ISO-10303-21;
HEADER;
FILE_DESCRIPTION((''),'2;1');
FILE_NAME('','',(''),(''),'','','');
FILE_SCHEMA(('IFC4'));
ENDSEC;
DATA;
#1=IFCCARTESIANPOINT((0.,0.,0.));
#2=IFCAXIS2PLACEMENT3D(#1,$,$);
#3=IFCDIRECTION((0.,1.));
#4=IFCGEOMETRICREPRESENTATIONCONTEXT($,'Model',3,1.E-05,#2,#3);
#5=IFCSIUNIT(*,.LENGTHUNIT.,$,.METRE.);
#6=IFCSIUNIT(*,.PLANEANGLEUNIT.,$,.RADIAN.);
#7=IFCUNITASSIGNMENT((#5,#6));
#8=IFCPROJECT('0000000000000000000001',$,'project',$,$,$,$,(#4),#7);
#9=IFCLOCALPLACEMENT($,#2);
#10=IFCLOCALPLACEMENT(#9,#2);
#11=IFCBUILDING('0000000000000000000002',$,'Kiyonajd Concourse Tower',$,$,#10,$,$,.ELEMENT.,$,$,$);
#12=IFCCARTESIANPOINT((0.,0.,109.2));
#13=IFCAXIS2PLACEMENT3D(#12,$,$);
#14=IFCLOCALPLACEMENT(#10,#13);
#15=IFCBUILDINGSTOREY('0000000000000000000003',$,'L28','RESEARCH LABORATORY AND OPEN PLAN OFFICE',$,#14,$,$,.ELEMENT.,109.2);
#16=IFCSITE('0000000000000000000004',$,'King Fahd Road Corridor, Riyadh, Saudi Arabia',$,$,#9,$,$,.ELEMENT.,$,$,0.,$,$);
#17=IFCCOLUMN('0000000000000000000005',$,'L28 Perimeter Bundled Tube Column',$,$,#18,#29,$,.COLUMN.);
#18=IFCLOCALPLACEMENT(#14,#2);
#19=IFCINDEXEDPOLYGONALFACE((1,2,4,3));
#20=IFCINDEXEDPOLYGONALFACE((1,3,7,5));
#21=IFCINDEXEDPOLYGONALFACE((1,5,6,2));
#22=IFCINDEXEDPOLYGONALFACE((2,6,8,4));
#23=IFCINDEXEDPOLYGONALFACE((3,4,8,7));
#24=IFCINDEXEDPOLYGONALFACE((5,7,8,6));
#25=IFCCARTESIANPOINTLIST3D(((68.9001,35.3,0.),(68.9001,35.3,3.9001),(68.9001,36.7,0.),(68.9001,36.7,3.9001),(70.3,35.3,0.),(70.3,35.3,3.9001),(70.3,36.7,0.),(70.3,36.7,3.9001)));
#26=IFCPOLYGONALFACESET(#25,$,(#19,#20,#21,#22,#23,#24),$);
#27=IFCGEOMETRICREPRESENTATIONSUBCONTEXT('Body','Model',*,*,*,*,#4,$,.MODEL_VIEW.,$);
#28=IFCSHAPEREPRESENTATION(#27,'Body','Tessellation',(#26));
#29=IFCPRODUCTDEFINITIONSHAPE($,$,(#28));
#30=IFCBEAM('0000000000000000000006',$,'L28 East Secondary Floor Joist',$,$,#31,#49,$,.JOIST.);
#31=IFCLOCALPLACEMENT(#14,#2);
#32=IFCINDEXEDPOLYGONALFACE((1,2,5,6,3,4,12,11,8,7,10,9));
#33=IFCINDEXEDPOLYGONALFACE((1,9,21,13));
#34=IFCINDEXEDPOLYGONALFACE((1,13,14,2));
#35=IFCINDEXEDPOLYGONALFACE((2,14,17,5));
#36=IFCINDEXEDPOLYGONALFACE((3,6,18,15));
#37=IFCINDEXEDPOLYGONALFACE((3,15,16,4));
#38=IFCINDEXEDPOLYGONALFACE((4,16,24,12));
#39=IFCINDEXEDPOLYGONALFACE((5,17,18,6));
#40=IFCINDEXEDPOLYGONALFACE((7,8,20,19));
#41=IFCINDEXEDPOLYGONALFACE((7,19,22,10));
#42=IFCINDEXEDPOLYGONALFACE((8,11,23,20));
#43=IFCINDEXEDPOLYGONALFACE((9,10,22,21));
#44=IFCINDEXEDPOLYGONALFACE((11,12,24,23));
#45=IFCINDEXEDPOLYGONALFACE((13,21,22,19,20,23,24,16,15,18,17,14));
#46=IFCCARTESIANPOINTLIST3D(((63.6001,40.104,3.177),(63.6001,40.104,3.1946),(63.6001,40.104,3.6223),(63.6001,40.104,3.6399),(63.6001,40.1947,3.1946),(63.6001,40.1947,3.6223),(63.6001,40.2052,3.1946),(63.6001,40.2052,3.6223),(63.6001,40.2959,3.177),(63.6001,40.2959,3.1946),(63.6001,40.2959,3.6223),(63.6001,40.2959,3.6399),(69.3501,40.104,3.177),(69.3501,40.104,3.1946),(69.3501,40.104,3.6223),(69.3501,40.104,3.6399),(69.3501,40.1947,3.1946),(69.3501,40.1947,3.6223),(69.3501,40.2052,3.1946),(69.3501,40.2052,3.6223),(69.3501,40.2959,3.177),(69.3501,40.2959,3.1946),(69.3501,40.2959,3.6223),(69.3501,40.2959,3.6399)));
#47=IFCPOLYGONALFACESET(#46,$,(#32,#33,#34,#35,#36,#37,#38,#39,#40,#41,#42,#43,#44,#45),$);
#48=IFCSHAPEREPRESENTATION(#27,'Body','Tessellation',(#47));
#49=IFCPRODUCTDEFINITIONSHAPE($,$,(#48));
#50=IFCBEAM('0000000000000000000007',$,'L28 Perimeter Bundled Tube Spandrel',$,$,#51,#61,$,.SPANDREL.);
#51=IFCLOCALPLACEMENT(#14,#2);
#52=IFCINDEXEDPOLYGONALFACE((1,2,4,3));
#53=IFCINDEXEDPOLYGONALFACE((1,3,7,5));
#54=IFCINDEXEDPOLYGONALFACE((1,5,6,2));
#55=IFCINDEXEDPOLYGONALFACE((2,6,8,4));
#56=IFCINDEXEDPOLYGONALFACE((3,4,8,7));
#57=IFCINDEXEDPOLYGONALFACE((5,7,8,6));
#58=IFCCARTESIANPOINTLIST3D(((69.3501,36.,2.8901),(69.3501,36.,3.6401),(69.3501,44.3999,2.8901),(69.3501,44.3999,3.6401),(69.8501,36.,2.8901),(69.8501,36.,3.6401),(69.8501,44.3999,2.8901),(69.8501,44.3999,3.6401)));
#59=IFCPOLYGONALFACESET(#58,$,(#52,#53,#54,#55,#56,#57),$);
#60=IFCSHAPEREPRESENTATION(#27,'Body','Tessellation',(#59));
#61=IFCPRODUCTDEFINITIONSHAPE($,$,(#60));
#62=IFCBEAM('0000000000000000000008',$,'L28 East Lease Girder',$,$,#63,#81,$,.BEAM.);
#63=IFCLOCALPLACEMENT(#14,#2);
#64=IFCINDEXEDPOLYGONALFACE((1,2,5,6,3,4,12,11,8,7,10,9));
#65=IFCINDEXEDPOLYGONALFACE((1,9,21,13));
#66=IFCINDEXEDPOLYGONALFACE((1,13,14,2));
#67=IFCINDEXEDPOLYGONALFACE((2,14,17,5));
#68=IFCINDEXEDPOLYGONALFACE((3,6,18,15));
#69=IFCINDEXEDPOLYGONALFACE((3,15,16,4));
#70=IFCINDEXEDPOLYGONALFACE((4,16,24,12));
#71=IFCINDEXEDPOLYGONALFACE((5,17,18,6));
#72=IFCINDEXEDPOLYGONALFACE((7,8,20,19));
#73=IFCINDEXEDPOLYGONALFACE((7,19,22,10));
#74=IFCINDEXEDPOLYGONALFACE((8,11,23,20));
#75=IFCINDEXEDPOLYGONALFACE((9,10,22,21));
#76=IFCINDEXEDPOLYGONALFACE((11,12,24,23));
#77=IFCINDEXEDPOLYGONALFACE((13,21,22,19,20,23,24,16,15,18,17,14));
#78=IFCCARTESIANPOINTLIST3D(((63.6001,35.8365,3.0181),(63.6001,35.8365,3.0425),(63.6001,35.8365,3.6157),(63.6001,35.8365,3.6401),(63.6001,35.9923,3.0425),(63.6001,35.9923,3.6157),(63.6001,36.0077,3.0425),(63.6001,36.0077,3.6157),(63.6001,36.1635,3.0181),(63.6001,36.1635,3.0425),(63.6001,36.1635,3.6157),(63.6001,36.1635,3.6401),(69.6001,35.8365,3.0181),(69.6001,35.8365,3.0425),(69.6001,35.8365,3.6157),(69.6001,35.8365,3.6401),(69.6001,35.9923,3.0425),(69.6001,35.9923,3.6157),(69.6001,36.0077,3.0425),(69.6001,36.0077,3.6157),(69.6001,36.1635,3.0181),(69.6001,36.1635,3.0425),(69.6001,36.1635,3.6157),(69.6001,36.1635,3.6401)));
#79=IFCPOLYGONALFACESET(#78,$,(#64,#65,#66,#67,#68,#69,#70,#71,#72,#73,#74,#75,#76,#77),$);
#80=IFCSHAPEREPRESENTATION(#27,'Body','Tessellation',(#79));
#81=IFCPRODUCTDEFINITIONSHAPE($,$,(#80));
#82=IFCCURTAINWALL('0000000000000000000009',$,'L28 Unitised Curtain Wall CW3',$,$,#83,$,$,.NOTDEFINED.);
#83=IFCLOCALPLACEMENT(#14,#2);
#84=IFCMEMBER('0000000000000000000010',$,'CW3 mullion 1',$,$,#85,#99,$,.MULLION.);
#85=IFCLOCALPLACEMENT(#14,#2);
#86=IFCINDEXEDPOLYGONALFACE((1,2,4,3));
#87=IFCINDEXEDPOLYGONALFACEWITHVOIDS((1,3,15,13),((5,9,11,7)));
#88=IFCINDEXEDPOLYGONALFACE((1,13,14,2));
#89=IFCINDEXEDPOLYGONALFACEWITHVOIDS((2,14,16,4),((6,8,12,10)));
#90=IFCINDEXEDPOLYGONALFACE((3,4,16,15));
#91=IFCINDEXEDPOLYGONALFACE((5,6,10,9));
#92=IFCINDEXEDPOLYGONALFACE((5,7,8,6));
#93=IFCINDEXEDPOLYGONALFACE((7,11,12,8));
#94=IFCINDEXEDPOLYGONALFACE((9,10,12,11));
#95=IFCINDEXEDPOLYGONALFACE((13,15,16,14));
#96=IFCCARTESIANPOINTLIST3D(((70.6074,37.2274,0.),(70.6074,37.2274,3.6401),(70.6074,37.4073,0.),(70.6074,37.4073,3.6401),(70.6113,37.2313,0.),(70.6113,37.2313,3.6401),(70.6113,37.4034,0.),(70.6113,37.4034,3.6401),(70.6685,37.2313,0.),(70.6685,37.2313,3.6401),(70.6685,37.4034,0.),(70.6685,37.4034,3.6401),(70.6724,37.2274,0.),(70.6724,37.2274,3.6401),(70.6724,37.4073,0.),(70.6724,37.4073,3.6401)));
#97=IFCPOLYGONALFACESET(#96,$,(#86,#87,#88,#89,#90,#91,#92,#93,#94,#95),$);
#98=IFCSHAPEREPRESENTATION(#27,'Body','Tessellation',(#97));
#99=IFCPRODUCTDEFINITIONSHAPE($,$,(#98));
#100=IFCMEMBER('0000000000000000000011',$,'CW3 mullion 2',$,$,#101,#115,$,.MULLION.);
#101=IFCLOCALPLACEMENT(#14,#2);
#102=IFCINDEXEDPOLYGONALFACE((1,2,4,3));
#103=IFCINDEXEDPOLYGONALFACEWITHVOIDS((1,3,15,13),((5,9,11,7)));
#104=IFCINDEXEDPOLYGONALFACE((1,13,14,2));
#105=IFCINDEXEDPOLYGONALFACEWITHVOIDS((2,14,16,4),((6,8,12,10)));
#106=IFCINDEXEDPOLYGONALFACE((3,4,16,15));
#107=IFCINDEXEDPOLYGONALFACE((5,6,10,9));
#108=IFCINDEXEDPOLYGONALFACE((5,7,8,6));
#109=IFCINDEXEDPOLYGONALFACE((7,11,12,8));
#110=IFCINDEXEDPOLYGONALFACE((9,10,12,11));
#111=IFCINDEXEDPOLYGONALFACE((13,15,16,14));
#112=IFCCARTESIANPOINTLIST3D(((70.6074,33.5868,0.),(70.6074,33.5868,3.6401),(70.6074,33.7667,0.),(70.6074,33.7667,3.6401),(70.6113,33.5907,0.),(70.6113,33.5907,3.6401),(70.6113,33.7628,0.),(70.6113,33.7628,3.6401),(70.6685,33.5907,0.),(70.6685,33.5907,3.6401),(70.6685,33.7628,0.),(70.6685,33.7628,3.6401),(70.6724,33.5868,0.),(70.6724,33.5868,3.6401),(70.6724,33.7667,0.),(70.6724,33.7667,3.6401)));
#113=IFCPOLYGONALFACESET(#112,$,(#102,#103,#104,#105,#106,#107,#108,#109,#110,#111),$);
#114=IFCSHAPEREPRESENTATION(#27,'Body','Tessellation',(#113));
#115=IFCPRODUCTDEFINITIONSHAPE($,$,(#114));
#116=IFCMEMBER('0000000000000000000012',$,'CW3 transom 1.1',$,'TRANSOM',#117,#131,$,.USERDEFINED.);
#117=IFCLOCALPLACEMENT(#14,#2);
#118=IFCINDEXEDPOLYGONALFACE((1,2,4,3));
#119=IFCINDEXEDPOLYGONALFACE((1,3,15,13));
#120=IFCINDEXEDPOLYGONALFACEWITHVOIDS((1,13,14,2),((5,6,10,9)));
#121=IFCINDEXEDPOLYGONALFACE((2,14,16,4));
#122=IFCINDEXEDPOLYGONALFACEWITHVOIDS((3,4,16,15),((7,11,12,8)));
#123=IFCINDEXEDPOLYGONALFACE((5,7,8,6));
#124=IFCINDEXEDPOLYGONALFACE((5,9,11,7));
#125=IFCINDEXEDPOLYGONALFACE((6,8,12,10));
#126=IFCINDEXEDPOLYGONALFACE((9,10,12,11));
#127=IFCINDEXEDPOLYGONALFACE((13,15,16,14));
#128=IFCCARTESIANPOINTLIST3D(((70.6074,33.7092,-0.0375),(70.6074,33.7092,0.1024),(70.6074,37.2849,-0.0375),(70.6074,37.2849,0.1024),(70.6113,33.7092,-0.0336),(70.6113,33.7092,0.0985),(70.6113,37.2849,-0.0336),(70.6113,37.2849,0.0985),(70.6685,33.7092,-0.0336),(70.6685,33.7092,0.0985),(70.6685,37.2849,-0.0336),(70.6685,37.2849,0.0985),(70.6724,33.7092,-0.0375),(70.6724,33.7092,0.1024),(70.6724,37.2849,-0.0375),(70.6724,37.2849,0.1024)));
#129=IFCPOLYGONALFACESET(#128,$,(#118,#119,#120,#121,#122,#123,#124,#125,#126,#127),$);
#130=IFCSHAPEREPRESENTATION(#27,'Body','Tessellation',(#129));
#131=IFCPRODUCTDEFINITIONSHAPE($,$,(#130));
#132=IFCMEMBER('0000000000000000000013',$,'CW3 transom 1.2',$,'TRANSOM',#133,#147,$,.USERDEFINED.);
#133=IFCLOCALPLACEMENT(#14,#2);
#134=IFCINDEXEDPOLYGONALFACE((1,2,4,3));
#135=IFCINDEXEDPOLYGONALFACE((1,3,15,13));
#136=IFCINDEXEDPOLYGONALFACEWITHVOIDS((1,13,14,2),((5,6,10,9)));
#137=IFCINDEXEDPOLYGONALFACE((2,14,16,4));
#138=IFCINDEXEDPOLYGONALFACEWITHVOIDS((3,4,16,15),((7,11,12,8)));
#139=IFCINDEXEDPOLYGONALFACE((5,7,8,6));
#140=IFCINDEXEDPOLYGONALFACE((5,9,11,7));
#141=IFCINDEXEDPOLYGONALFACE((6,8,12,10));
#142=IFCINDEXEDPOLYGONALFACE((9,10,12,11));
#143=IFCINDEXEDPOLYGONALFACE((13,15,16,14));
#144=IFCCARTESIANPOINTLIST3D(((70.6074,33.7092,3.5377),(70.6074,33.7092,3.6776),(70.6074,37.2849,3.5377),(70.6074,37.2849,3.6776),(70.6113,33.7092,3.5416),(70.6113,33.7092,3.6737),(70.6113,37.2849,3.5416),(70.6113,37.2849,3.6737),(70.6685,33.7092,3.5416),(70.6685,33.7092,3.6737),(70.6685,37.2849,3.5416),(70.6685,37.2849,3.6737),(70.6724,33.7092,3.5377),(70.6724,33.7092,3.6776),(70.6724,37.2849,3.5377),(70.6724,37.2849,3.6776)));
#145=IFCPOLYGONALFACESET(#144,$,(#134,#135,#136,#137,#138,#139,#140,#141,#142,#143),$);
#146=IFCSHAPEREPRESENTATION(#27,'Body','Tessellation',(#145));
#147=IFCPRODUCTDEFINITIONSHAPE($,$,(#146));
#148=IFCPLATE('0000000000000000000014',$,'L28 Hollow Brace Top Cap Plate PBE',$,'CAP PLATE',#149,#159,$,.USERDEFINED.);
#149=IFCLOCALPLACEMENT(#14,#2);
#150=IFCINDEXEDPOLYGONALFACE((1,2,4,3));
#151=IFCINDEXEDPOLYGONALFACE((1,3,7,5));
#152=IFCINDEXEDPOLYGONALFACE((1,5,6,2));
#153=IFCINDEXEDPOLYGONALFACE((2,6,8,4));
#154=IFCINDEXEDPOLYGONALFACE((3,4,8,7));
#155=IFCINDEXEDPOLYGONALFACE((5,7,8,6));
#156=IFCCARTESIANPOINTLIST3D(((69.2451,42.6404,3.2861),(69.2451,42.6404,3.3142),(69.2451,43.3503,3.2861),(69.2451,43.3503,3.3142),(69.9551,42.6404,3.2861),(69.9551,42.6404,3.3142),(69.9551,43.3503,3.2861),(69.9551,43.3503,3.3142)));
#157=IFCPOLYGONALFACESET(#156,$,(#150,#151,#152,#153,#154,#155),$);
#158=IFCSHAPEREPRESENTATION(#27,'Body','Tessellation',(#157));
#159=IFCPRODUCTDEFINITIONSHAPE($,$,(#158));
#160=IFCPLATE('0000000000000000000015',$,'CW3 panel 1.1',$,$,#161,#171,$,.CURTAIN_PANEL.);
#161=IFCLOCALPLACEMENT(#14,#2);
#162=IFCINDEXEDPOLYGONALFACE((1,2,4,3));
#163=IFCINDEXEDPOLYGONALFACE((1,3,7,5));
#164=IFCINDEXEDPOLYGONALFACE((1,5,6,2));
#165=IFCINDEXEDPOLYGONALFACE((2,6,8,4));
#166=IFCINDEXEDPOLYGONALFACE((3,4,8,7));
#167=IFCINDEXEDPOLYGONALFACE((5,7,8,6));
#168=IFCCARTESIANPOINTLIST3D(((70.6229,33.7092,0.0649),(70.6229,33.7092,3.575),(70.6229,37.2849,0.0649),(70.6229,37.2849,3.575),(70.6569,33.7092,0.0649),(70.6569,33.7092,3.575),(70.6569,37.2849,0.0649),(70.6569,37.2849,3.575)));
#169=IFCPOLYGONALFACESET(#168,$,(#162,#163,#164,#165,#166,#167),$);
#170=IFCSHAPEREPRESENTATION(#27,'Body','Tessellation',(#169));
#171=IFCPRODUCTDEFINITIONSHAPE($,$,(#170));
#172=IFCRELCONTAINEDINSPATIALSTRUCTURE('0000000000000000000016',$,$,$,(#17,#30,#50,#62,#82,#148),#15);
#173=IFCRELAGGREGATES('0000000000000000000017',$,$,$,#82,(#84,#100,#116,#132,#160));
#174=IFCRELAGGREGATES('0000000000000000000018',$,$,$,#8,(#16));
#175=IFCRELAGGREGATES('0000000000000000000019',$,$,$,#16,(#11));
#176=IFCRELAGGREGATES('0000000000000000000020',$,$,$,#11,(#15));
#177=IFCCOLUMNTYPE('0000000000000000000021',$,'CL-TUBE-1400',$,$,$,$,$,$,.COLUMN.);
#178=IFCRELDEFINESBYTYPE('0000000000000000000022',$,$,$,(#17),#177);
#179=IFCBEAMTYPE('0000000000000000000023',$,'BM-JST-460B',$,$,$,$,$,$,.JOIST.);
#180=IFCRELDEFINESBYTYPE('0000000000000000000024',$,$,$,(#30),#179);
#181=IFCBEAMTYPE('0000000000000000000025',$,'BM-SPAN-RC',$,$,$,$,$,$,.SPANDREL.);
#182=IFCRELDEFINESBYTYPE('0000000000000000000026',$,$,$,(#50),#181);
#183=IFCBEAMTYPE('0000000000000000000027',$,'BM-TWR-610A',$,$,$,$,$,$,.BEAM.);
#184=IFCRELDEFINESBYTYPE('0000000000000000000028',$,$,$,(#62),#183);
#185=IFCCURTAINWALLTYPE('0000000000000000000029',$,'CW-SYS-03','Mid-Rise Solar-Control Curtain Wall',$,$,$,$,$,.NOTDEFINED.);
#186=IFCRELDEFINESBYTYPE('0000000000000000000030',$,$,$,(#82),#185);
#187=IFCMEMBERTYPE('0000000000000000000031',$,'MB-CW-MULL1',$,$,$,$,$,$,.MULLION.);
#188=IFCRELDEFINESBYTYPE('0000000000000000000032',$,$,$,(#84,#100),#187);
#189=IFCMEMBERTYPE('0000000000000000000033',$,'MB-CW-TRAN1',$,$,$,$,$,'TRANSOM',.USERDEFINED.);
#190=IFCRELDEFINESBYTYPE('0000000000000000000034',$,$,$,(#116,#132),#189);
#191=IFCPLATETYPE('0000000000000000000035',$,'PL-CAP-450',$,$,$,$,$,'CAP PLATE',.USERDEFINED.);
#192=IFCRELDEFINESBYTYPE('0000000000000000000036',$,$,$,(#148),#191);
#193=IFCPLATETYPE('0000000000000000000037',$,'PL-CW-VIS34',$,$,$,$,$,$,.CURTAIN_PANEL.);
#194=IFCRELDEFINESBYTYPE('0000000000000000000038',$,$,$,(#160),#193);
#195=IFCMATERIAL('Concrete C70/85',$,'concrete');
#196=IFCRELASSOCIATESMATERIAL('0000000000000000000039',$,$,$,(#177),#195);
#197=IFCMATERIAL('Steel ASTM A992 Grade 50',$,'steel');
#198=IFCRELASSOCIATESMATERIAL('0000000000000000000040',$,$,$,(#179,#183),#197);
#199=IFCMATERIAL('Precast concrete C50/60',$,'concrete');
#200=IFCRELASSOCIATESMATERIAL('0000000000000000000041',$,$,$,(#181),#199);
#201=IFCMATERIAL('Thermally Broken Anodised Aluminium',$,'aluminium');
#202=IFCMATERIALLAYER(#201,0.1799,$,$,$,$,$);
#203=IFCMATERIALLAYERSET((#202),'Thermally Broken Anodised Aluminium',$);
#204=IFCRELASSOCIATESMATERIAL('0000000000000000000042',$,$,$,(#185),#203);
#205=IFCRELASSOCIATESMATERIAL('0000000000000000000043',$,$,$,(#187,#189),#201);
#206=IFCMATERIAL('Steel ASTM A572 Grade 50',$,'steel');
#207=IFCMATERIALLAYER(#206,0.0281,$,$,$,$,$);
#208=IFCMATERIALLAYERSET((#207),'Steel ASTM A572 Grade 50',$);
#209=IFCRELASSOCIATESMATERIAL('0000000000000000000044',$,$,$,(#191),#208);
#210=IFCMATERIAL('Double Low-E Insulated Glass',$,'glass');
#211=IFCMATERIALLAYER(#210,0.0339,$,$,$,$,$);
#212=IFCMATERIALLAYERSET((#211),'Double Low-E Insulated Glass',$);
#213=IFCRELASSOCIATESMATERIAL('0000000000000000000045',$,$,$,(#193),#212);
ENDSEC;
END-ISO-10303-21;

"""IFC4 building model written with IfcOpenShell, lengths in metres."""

from ifc_helpers import new_model, si_unit, direction, frame, origin, origin_2d, place, context, subcontext, project, spatial, rectangle, hollow_rectangle, i_section, extrude, material, layer, layer_set, material_profile, profile_set, type_object, element, aggregate, save


model = new_model("IFC4")

# Units and contexts
model_context = context("Model", 3, precision=1e-05, world=origin(), true_north=direction((0.0, 1.0)))
body_context = subcontext(model_context, "Body", "Model", "MODEL_VIEW")
ifc_project = project(units=[si_unit("LENGTHUNIT", "METRE"), si_unit("PLANEANGLEUNIT", "RADIAN")], contexts=[model_context])

# Site, building, storey
site_placement = place(None, origin())
site = spatial("IfcSite", under=ifc_project, at=site_placement, Name="King Fahd Road Corridor, Riyadh, Saudi Arabia", CompositionType="ELEMENT", RefElevation=0.0)
building_placement = place(site_placement, origin())
building = spatial("IfcBuilding", under=site, at=building_placement, Name="Kiyonajd Concourse Tower", CompositionType="ELEMENT")
storey_placement = place(building_placement, frame((0.0, 0.0, 109.2)))
storey = spatial("IfcBuildingStorey", under=building, at=storey_placement, Name="L28", Description="RESEARCH LABORATORY AND OPEN PLAN OFFICE", CompositionType="ELEMENT", Elevation=109.2)

# Column
ifc_material_1 = material(Name="Concrete C70/85", Category="concrete")
ifc_material_profile_1 = material_profile(ifc_material_1, rectangle(XDim=1.3999, YDim=1.3999, at=origin_2d()), Name="RC-1400x1400")
ifc_profile_set_1 = profile_set([ifc_material_profile_1], Name="Concrete C70/85")
column_type = type_object("IfcColumnType", Name="CL-TUBE-1400", PredefinedType="COLUMN", material=ifc_profile_set_1)
column_placement = place(storey_placement, frame((69.6001, 36.0, 0.0), z_axis=(0.0, 0.0, 1.0), x_axis=(1.0, 0.0, 0.0)))
element("IfcColumn", 1, at=column_placement, inside=storey, type_object=column_type, Name="L28 Perimeter Bundled Tube Column", PredefinedType="COLUMN", context=body_context, shape_type="SweptSolid", body=[
    extrude(rectangle(XDim=1.3999, YDim=1.3999, at=origin_2d()), origin(), (0.0, 0.0, 1.0), 3.9001),
])

# Beams
ifc_material_2 = material(Name="Steel ASTM A992 Grade 50", Category="steel")
ifc_material_profile_2 = material_profile(ifc_material_2, i_section(OverallWidth=0.1919, OverallDepth=0.4629, WebThickness=0.0105, FlangeThickness=0.0176, at=origin_2d()), Name="W460X89")
ifc_profile_set_2 = profile_set([ifc_material_profile_2], Name="Steel ASTM A992 Grade 50")
beam_type_1 = type_object("IfcBeamType", Name="BM-JST-460B", PredefinedType="JOIST", material=ifc_profile_set_2)
beam_1_placement = place(storey_placement, frame((63.6001, 40.2, 3.4084), z_axis=(1.0, 0.0, 0.0), x_axis=(0.0, 1.0, 0.0)))
element("IfcBeam", 2, at=beam_1_placement, inside=storey, type_object=beam_type_1, Name="L28 East Secondary Floor Joist", PredefinedType="JOIST", context=body_context, shape_type="SweptSolid", body=[
    extrude(i_section(OverallWidth=0.1919, OverallDepth=0.4629, WebThickness=0.0105, FlangeThickness=0.0176, at=origin_2d()), origin(), (0.0, 0.0, 1.0), 5.75),
])
ifc_material_3 = material(Name="Precast concrete C50/60", Category="concrete")
ifc_material_profile_3 = material_profile(ifc_material_3, rectangle(XDim=0.5, YDim=0.75, at=origin_2d()), Name="RCBM-500x750")
ifc_profile_set_3 = profile_set([ifc_material_profile_3], Name="Precast concrete C50/60")
beam_type_2 = type_object("IfcBeamType", Name="BM-SPAN-RC", PredefinedType="SPANDREL", material=ifc_profile_set_3)
beam_2_placement = place(storey_placement, frame((69.6001, 36.0, 3.2651), z_axis=(0.0, 1.0, 0.0), x_axis=(-1.0, 0.0, 0.0)))
element("IfcBeam", 3, at=beam_2_placement, inside=storey, type_object=beam_type_2, Name="L28 Perimeter Bundled Tube Spandrel", PredefinedType="SPANDREL", context=body_context, shape_type="SweptSolid", body=[
    extrude(rectangle(XDim=0.5, YDim=0.75, at=origin_2d()), origin(), (0.0, 0.0, 1.0), 8.3999),
])
ifc_material_profile_4 = material_profile(ifc_material_2, i_section(OverallWidth=0.3269, OverallDepth=0.6221, WebThickness=0.0154, FlangeThickness=0.0244, at=origin_2d()), Name="W610X195")
ifc_profile_set_4 = profile_set([ifc_material_profile_4], Name="Steel ASTM A992 Grade 50")
beam_type_3 = type_object("IfcBeamType", Name="BM-TWR-610A", PredefinedType="BEAM", material=ifc_profile_set_4)
beam_3_placement = place(storey_placement, frame((63.6001, 36.0, 3.3291), z_axis=(1.0, 0.0, 0.0), x_axis=(0.0, 1.0, 0.0)))
element("IfcBeam", 4, at=beam_3_placement, inside=storey, type_object=beam_type_3, Name="L28 East Lease Girder", PredefinedType="BEAM", context=body_context, shape_type="SweptSolid", body=[
    extrude(i_section(OverallWidth=0.3269, OverallDepth=0.6221, WebThickness=0.0154, FlangeThickness=0.0244, at=origin_2d()), origin(), (0.0, 0.0, 1.0), 6.0),
])

# Curtain wall, members
ifc_material_4 = material(Name="Thermally Broken Anodised Aluminium", Category="aluminium")
ifc_layer_1 = layer(ifc_material_4, 0.1799)
ifc_layer_set_1 = layer_set([ifc_layer_1], Name="Thermally Broken Anodised Aluminium")
curtain_wall_type = type_object("IfcCurtainWallType", Name="CW-SYS-03", Description="Mid-Rise Solar-Control Curtain Wall", PredefinedType="NOTDEFINED", material=ifc_layer_set_1)
curtain_wall_placement = place(storey_placement, origin())
curtain_wall = element("IfcCurtainWall", 5, at=curtain_wall_placement, inside=storey, type_object=curtain_wall_type, Name="L28 Unitised Curtain Wall CW3", PredefinedType="NOTDEFINED")
ifc_material_profile_5 = material_profile(ifc_material_4, hollow_rectangle(XDim=0.0649, YDim=0.1799, WallThickness=0.0039, at=origin_2d()), Name="MULL-65x180")
ifc_profile_set_5 = profile_set([ifc_material_profile_5], Name="Thermally Broken Anodised Aluminium")
member_type_1 = type_object("IfcMemberType", Name="MB-CW-MULL1", PredefinedType="MULLION", material=ifc_profile_set_5)
member_1_placement = place(storey_placement, frame((70.6399, 37.3174, 0.0), z_axis=(0.0, 0.0, 1.0), x_axis=(1.0, 0.0, 0.0)))
member_1 = element("IfcMember", 6, at=member_1_placement, type_object=member_type_1, Name="CW3 mullion 1", PredefinedType="MULLION", context=body_context, shape_type="SweptSolid", body=[
    extrude(hollow_rectangle(XDim=0.0649, YDim=0.1799, WallThickness=0.0039, at=origin_2d()), origin(), (0.0, 0.0, 1.0), 3.6401),
])
member_2_placement = place(storey_placement, frame((70.6399, 33.6768, 0.0), z_axis=(0.0, 0.0, 1.0), x_axis=(1.0, 0.0, 0.0)))
member_2 = element("IfcMember", 7, at=member_2_placement, type_object=member_type_1, Name="CW3 mullion 2", PredefinedType="MULLION", context=body_context, shape_type="SweptSolid", body=[
    extrude(hollow_rectangle(XDim=0.0649, YDim=0.1799, WallThickness=0.0039, at=origin_2d()), origin(), (0.0, 0.0, 1.0), 3.6401),
])
ifc_material_profile_6 = material_profile(ifc_material_4, hollow_rectangle(XDim=0.0649, YDim=0.1399, WallThickness=0.0039, at=origin_2d()), Name="TRAN-65x140")
ifc_profile_set_6 = profile_set([ifc_material_profile_6], Name="Thermally Broken Anodised Aluminium")
member_type_2 = type_object("IfcMemberType", Name="MB-CW-TRAN1", ElementType="TRANSOM", PredefinedType="USERDEFINED", material=ifc_profile_set_6)
member_3_placement = place(storey_placement, frame((70.6399, 37.2849, 0.0325), z_axis=(0.0, -1.0, 0.0), x_axis=(1.0, 0.0, 0.0)))
member_3 = element("IfcMember", 8, at=member_3_placement, type_object=member_type_2, Name="CW3 transom 1.1", ObjectType="TRANSOM", PredefinedType="USERDEFINED", context=body_context, shape_type="SweptSolid", body=[
    extrude(hollow_rectangle(XDim=0.0649, YDim=0.1399, WallThickness=0.0039, at=origin_2d()), origin(), (0.0, 0.0, 1.0), 3.5757),
])
member_4_placement = place(storey_placement, frame((70.6399, 37.2849, 3.6077), z_axis=(0.0, -1.0, 0.0), x_axis=(1.0, 0.0, 0.0)))
member_4 = element("IfcMember", 9, at=member_4_placement, type_object=member_type_2, Name="CW3 transom 1.2", ObjectType="TRANSOM", PredefinedType="USERDEFINED", context=body_context, shape_type="SweptSolid", body=[
    extrude(hollow_rectangle(XDim=0.0649, YDim=0.1399, WallThickness=0.0039, at=origin_2d()), origin(), (0.0, 0.0, 1.0), 3.5757),
])

# Plates
ifc_material_5 = material(Name="Steel ASTM A572 Grade 50", Category="steel")
ifc_layer_2 = layer(ifc_material_5, 0.0281)
ifc_layer_set_2 = layer_set([ifc_layer_2], Name="Steel ASTM A572 Grade 50")
plate_type_1 = type_object("IfcPlateType", Name="PL-CAP-450", ElementType="CAP PLATE", PredefinedType="USERDEFINED", material=ifc_layer_set_2)
plate_1_placement = place(storey_placement, frame((69.6001, 42.9954, 3.2861), z_axis=(0.0, 0.0, 1.0), x_axis=(1.0, 0.0, 0.0)))
element("IfcPlate", 10, at=plate_1_placement, inside=storey, type_object=plate_type_1, Name="L28 Hollow Brace Top Cap Plate PBE", ObjectType="CAP PLATE", PredefinedType="USERDEFINED", context=body_context, shape_type="SweptSolid", body=[
    extrude(rectangle(XDim=0.71, YDim=0.71, at=origin_2d()), origin(), (0.0, 0.0, 1.0), 0.0281),
])
ifc_material_6 = material(Name="Double Low-E Insulated Glass", Category="glass")
ifc_layer_3 = layer(ifc_material_6, 0.0339)
ifc_layer_set_3 = layer_set([ifc_layer_3], Name="Double Low-E Insulated Glass")
plate_type_2 = type_object("IfcPlateType", Name="PL-CW-VIS34", PredefinedType="CURTAIN_PANEL", material=ifc_layer_set_3)
plate_2_placement = place(storey_placement, frame((70.6399, 35.4971, 0.0649), z_axis=(0.0, 0.0, 1.0), x_axis=(0.0, -1.0, 0.0)))
plate_2 = element("IfcPlate", 11, at=plate_2_placement, type_object=plate_type_2, Name="CW3 panel 1.1", PredefinedType="CURTAIN_PANEL", context=body_context, shape_type="SweptSolid", body=[
    extrude(rectangle(XDim=3.5757, YDim=0.0339, at=origin_2d()), origin(), (0.0, 0.0, 1.0), 3.51),
])
aggregate(curtain_wall, [member_1, member_2, member_3, member_4, plate_2])

save(model, "model.ifc")
